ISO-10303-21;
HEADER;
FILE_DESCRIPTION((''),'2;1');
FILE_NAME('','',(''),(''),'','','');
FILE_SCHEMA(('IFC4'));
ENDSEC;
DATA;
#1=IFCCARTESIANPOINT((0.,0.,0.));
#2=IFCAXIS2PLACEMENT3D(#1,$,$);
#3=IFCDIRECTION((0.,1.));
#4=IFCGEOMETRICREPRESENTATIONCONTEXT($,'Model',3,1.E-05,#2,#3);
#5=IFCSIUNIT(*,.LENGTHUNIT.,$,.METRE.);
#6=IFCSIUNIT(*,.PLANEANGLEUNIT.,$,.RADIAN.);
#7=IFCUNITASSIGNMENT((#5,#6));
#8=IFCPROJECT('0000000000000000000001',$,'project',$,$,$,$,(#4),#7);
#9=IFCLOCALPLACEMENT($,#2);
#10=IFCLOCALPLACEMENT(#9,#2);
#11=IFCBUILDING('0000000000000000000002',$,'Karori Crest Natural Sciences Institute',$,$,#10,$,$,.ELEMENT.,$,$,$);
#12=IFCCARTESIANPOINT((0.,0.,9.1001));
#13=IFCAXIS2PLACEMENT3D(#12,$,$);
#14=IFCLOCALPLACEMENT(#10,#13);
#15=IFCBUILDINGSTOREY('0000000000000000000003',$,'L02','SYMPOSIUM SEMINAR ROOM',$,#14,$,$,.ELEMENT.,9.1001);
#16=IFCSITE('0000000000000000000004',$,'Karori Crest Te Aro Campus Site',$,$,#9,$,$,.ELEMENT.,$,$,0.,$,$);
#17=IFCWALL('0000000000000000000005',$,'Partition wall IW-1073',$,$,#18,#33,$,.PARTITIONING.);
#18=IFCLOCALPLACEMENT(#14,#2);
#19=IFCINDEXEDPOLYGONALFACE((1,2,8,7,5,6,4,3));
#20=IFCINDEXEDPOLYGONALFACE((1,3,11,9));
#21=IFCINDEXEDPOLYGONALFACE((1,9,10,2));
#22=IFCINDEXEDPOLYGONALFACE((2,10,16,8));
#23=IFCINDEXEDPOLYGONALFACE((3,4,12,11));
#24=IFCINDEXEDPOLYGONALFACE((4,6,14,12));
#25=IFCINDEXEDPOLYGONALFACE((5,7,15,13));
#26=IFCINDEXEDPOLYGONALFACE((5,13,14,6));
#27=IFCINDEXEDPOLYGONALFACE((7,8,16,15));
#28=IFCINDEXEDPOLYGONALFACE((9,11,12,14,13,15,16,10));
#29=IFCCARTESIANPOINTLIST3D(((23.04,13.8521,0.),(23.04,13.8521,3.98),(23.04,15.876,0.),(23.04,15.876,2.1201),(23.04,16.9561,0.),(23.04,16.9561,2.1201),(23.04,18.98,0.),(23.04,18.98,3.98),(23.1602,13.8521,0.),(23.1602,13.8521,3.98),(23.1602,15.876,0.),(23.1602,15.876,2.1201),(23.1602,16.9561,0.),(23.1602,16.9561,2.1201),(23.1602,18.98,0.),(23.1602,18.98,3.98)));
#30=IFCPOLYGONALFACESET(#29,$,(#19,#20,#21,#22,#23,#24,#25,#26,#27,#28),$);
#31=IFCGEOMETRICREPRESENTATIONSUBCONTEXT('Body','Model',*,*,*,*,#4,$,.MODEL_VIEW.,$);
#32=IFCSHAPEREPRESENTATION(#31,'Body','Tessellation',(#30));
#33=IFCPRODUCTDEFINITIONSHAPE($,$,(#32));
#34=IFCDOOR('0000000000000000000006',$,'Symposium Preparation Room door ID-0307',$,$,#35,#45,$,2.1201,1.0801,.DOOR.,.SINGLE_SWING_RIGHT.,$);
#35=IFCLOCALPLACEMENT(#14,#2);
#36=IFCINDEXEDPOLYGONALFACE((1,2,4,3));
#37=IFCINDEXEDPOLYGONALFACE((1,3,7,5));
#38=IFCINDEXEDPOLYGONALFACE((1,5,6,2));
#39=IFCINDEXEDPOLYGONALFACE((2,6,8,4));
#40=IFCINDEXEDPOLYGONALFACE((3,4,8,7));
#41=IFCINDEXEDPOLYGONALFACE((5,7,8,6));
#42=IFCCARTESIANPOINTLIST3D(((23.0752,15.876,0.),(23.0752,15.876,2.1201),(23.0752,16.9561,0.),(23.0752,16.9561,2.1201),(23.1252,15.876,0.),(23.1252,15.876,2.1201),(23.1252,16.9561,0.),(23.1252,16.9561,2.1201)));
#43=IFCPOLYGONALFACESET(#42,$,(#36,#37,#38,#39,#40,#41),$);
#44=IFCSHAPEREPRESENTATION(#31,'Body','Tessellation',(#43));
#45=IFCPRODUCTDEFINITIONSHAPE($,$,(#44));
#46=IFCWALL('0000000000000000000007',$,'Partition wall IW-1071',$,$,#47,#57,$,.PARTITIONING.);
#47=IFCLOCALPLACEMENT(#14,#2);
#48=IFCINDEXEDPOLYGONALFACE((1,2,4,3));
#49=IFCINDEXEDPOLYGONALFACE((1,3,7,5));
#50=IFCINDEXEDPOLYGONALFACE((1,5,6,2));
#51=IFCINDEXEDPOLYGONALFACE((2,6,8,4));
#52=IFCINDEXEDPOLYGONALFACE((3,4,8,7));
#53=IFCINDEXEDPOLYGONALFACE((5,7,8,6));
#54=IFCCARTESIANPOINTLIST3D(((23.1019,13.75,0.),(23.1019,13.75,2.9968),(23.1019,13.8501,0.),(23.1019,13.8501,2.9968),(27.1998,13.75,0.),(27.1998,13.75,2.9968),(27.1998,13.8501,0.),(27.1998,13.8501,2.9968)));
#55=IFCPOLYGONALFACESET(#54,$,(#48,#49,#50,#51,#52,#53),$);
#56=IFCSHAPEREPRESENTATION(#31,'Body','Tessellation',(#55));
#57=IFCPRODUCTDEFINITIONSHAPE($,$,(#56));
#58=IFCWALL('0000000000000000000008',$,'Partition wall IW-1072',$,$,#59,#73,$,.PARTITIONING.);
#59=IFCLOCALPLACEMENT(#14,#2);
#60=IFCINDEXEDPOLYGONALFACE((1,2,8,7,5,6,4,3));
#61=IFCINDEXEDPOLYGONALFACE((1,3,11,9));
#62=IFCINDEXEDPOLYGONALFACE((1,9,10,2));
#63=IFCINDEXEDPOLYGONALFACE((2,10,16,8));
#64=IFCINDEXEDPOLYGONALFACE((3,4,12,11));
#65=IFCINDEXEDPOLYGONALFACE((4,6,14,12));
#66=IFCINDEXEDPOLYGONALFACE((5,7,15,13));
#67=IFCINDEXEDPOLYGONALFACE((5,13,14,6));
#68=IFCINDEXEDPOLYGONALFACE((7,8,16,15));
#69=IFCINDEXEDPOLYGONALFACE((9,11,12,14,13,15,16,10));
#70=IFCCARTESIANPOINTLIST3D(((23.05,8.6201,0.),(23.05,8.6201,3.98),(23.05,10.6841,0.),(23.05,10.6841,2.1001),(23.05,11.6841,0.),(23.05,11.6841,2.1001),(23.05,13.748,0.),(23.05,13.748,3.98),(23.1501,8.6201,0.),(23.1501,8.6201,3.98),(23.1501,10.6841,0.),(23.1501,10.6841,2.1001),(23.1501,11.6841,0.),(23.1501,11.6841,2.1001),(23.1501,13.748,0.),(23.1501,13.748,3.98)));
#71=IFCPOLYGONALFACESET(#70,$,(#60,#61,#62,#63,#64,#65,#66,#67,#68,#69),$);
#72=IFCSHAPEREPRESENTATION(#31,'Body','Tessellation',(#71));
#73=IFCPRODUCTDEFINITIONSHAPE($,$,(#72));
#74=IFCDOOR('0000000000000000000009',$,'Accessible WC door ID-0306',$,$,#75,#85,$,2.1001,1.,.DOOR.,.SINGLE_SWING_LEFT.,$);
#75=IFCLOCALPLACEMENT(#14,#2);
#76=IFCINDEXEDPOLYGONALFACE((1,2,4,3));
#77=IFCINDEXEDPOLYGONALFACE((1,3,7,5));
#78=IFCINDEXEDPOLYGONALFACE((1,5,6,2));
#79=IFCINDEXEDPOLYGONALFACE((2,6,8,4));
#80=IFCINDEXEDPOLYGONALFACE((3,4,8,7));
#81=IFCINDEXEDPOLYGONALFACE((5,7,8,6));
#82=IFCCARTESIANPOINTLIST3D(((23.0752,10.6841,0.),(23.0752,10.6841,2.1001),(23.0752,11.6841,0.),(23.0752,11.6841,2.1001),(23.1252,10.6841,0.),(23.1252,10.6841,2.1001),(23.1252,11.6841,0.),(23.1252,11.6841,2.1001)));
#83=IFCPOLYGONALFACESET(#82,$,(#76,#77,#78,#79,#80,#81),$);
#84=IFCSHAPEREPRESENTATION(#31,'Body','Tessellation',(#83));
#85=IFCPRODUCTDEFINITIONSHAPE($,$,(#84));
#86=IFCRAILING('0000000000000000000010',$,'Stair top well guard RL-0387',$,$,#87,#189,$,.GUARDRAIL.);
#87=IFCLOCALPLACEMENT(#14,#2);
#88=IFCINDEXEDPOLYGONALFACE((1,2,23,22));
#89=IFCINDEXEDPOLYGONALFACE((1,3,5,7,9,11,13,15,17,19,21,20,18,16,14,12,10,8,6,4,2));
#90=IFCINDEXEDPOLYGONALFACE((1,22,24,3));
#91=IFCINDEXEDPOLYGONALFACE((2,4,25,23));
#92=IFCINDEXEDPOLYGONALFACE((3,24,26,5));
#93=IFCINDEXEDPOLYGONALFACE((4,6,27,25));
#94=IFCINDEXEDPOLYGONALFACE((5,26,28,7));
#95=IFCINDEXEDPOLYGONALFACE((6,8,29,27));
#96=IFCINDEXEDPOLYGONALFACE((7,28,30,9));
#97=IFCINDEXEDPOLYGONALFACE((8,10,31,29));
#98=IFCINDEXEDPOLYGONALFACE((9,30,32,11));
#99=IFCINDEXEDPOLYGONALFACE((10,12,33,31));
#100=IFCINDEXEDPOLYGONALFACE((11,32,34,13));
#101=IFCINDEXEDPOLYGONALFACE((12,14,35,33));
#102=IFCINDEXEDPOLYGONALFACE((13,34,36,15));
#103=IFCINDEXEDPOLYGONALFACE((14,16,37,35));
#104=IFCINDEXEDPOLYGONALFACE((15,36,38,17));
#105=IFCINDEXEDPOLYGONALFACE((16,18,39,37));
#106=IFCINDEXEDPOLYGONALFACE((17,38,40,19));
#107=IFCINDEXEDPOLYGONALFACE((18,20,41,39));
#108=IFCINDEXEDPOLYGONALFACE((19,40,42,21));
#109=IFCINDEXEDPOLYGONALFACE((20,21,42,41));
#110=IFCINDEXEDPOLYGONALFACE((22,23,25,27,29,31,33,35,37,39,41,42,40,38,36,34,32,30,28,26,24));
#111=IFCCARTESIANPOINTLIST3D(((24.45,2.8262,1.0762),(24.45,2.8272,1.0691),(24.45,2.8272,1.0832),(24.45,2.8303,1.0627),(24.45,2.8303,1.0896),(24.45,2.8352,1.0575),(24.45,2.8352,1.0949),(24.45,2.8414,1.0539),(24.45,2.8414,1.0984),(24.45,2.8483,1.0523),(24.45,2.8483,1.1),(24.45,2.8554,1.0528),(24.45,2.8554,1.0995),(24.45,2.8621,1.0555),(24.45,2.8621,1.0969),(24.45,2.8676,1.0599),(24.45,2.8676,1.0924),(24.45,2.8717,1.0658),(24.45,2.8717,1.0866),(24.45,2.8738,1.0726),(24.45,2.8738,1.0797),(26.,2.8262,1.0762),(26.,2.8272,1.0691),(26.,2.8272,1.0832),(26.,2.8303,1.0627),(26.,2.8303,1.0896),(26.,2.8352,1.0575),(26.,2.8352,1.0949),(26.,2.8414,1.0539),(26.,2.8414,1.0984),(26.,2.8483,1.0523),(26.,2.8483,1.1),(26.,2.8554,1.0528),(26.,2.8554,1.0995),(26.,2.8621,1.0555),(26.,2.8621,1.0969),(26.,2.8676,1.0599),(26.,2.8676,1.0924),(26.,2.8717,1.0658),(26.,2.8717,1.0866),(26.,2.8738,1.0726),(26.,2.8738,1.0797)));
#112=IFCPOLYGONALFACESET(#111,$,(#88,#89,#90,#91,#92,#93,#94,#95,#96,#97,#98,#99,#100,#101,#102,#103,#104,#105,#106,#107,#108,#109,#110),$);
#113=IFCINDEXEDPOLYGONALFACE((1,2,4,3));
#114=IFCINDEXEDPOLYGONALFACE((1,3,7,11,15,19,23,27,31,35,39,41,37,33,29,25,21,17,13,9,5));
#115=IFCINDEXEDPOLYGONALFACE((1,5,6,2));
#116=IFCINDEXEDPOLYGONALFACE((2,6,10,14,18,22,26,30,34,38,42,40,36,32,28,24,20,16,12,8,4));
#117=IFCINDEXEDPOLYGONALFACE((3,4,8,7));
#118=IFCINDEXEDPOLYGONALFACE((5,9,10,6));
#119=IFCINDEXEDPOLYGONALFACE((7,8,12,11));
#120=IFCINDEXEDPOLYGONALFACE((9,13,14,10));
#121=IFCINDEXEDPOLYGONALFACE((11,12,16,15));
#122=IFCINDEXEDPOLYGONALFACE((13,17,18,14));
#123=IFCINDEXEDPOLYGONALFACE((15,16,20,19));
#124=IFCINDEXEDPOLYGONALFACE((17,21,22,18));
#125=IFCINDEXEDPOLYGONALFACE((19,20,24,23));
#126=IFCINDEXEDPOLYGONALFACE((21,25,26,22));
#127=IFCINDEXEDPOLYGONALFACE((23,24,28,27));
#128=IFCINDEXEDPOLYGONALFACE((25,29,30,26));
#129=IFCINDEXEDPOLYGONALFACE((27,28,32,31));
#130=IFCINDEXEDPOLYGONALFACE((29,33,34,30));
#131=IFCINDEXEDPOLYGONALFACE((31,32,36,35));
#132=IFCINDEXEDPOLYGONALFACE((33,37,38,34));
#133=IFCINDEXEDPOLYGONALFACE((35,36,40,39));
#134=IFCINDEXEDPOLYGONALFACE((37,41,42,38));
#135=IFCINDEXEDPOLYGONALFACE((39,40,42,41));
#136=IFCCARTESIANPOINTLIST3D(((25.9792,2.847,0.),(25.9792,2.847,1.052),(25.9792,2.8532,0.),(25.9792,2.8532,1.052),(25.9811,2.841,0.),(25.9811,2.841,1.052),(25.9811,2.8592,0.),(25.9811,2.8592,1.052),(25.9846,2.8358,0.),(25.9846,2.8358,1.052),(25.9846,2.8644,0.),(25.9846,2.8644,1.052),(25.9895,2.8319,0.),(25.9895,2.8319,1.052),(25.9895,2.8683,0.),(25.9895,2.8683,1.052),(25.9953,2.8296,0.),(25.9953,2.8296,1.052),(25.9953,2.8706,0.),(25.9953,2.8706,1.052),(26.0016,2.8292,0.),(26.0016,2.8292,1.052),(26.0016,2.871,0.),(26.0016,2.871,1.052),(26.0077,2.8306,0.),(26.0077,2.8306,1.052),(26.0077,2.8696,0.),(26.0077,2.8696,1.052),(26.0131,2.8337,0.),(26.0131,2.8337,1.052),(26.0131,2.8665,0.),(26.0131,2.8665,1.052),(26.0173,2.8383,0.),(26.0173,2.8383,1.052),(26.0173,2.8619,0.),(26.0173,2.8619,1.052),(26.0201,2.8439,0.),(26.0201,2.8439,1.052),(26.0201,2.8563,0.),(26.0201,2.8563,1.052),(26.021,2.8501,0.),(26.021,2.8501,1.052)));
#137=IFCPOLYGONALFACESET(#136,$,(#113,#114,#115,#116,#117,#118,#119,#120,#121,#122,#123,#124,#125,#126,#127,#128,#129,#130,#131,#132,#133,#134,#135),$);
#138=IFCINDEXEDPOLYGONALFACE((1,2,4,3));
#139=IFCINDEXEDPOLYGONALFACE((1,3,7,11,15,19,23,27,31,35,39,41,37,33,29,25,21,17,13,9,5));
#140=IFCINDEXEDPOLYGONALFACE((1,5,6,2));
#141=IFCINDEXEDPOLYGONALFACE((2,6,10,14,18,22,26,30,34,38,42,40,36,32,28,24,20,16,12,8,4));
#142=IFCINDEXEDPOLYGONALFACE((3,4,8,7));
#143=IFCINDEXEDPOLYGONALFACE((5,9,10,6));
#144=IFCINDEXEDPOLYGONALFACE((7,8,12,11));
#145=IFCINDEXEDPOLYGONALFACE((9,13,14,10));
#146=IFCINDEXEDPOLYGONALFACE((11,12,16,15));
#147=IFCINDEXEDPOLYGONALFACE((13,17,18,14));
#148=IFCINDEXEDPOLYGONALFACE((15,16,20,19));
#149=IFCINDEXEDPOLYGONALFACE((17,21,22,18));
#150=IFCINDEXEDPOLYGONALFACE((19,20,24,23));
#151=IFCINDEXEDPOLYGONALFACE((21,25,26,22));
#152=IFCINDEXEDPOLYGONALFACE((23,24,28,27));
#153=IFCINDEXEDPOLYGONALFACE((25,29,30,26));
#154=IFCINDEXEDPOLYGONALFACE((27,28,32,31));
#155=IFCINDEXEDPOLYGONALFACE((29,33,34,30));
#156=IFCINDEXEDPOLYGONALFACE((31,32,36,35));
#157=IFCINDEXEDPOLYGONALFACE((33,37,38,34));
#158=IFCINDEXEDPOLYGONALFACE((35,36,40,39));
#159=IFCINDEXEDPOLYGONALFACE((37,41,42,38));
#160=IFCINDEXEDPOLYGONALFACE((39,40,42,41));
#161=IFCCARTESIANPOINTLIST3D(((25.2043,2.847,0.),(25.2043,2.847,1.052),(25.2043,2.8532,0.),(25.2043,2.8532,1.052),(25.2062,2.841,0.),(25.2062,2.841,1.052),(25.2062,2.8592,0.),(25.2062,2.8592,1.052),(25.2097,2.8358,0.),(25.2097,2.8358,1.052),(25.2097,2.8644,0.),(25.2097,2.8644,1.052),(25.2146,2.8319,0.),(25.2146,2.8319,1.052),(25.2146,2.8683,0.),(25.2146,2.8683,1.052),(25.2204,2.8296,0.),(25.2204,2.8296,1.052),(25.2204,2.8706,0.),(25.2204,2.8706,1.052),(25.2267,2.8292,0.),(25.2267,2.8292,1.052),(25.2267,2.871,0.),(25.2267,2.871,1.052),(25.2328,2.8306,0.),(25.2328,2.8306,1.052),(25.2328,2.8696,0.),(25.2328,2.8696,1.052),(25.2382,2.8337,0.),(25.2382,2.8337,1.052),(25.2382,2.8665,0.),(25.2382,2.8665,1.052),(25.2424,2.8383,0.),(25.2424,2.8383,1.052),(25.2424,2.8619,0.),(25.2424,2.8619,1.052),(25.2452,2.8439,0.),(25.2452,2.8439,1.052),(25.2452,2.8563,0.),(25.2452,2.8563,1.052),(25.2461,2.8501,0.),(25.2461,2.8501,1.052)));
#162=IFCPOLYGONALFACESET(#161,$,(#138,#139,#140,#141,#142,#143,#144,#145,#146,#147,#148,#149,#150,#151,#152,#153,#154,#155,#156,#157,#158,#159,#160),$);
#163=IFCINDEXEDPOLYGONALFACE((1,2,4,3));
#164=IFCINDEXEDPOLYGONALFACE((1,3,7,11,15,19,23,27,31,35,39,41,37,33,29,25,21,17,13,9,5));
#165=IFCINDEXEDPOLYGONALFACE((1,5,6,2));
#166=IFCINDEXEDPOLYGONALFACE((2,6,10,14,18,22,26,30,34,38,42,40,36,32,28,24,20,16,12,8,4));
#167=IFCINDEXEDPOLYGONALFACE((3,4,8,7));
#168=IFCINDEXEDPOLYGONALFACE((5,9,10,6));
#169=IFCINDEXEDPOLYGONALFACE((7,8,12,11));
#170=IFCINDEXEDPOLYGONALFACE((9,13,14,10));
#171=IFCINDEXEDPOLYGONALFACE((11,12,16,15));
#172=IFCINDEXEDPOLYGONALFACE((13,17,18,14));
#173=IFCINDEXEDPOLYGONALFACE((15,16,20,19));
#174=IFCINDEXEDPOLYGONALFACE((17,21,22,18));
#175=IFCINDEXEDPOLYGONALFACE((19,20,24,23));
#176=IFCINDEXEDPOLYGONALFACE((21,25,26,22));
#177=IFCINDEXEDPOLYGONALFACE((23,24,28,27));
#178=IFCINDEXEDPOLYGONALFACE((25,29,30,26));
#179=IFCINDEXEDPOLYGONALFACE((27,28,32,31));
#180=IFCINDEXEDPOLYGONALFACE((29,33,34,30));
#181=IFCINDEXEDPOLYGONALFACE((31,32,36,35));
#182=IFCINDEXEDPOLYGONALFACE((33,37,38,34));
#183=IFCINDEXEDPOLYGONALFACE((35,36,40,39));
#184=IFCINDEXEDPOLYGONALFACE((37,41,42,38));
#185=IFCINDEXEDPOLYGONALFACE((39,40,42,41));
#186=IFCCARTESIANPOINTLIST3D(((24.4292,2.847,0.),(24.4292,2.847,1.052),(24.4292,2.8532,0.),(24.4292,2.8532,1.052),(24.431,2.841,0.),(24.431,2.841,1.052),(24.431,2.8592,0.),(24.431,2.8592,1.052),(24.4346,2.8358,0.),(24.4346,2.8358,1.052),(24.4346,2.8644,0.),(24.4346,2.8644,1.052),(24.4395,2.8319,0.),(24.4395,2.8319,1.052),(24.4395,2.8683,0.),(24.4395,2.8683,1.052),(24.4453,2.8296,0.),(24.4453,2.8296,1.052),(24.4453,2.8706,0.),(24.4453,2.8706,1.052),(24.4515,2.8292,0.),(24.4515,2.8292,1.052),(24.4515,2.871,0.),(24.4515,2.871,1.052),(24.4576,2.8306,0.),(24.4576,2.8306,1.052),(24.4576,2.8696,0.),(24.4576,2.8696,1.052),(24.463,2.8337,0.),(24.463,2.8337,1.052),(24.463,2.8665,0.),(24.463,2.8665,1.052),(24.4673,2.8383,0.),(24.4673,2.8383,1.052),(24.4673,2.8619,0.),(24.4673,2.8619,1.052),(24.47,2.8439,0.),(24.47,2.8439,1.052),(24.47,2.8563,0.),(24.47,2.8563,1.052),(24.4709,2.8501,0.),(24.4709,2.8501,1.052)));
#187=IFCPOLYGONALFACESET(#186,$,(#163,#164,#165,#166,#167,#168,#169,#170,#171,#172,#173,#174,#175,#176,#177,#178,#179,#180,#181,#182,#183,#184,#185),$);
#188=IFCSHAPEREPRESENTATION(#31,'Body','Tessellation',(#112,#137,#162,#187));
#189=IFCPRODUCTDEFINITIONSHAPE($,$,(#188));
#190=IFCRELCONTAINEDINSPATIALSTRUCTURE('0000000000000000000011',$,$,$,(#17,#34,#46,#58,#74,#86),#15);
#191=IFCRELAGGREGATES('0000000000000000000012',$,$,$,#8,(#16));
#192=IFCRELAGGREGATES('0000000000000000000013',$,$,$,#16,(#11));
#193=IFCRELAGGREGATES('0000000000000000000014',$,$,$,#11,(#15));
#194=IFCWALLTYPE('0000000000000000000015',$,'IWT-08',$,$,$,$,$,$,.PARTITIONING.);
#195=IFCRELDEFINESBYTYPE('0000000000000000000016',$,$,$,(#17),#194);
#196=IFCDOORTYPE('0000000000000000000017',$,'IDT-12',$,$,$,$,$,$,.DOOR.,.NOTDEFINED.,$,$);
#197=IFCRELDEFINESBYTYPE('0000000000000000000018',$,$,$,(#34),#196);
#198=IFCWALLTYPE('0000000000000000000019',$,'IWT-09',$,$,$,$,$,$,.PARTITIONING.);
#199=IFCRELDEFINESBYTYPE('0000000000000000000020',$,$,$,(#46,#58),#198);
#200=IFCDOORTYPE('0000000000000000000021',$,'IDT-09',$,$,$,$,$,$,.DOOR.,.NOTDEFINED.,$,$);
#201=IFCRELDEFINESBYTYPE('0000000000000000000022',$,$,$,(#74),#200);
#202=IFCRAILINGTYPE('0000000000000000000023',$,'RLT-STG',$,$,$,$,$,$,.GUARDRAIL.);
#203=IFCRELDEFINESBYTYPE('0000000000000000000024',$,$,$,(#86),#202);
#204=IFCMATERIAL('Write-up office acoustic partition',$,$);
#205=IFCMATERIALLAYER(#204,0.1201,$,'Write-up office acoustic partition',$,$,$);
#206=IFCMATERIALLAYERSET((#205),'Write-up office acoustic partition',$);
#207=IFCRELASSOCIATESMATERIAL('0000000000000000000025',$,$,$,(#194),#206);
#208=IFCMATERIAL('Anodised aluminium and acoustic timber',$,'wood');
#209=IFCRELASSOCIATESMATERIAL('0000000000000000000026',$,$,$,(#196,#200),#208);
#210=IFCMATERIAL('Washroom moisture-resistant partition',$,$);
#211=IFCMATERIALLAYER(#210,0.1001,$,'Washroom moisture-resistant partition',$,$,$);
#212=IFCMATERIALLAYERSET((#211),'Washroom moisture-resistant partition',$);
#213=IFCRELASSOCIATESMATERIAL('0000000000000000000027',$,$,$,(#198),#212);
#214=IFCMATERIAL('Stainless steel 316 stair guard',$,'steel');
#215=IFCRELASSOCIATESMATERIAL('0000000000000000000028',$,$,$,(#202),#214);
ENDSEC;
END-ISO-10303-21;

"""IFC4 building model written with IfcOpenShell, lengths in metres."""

from ifc_helpers import new_model, si_unit, direction, frame, frame_2d, origin, origin_2d, place, context, subcontext, project, spatial, rectangle, circle, extrude, material, layer, layer_set, type_object, element, fill, save


model = new_model("IFC4")

# Units and contexts
model_context = context("Model", 3, precision=1e-05, world=origin(), true_north=direction((0.0, 1.0)))
body_context = subcontext(model_context, "Body", "Model", "MODEL_VIEW")
ifc_project = project(units=[si_unit("LENGTHUNIT", "METRE"), si_unit("PLANEANGLEUNIT", "RADIAN")], contexts=[model_context])

# Site, building, storey
site_placement = place(None, origin())
site = spatial("IfcSite", under=ifc_project, at=site_placement, Name="Karori Crest Te Aro Campus Site", CompositionType="ELEMENT", RefElevation=0.0)
building_placement = place(site_placement, origin())
building = spatial("IfcBuilding", under=site, at=building_placement, Name="Karori Crest Natural Sciences Institute", CompositionType="ELEMENT")
storey_placement = place(building_placement, frame((0.0, 0.0, 9.1001)))
storey = spatial("IfcBuildingStorey", under=building, at=storey_placement, Name="L02", Description="SYMPOSIUM SEMINAR ROOM", CompositionType="ELEMENT", Elevation=9.1001)

# Wall, opening, door
ifc_material_1 = material(Name="Write-up office acoustic partition")
ifc_layer_1 = layer(ifc_material_1, 0.1201, Name="Write-up office acoustic partition")
ifc_layer_set_1 = layer_set([ifc_layer_1], Name="Write-up office acoustic partition")
wall_type_1 = type_object("IfcWallType", Name="IWT-08", PredefinedType="PARTITIONING", material=ifc_layer_set_1)
ifc_material_2 = material(Name="Anodised aluminium and acoustic timber", Category="wood")
wall_1_placement = place(storey_placement, frame((23.1001, 13.8521, 0.0), z_axis=(0.0, 0.0, 1.0), x_axis=(0.0, 1.0, 0.0)))
wall_1 = element("IfcWall", 1, at=wall_1_placement, inside=storey, type_object=wall_type_1, Name="Partition wall IW-1073", PredefinedType="PARTITIONING", context=body_context, shape_type="SweptSolid", body=[
    extrude(rectangle(XDim=5.1279, YDim=0.1201, at=frame_2d((2.564, 0.0))), origin(), (0.0, 0.0, 1.0), 3.98),
])
opening_1_placement = place(wall_1_placement, frame((2.0239, 0.0, 0.0)))
opening_1 = element("IfcOpeningElement", 2, at=opening_1_placement, cuts=wall_1, PredefinedType="OPENING", context=body_context, shape_type="SweptSolid", body=[
    extrude(rectangle(XDim=1.0801, YDim=2.1201, at=frame_2d((0.54, 1.0601))), frame((0.0, 0.0701, 0.0), z_axis=(0.0, -1.0, 0.0), x_axis=(1.0, 0.0, 0.0)), (0.0, 0.0, 1.0), 0.1401),
])
door_type_1 = type_object("IfcDoorType", Name="IDT-12", OperationType="NOTDEFINED", PredefinedType="DOOR", material=ifc_material_2)
door_1_placement = place(opening_1_placement, origin())
door_1 = element("IfcDoor", 3, at=door_1_placement, inside=storey, type_object=door_type_1, Name="Symposium Preparation Room door ID-0307", OperationType="SINGLE_SWING_RIGHT", OverallHeight=2.1201, OverallWidth=1.0801, PredefinedType="DOOR", context=body_context, shape_type="SweptSolid", body=[
    extrude(rectangle(XDim=1.0801, YDim=2.1201, at=frame_2d((0.54, 1.0601))), frame((0.0, 0.0249, 0.0), z_axis=(0.0, -1.0, 0.0), x_axis=(1.0, 0.0, 0.0)), (0.0, 0.0, 1.0), 0.05),
])
fill(opening_1, door_1)

# Wall
ifc_material_3 = material(Name="Washroom moisture-resistant partition")
ifc_layer_2 = layer(ifc_material_3, 0.1001, Name="Washroom moisture-resistant partition")
ifc_layer_set_2 = layer_set([ifc_layer_2], Name="Washroom moisture-resistant partition")
wall_type_2 = type_object("IfcWallType", Name="IWT-09", PredefinedType="PARTITIONING", material=ifc_layer_set_2)
wall_2_placement = place(storey_placement, frame((23.1021, 13.8, 0.0), z_axis=(0.0, 0.0, 1.0), x_axis=(1.0, 0.0, 0.0)))
element("IfcWall", 4, at=wall_2_placement, inside=storey, type_object=wall_type_2, Name="Partition wall IW-1071", PredefinedType="PARTITIONING", context=body_context, shape_type="SweptSolid", body=[
    extrude(rectangle(XDim=4.0979, YDim=0.1001, at=frame_2d((2.0488, 0.0))), origin(), (0.0, 0.0, 1.0), 2.9968),
])

# Wall, opening, door
wall_3_placement = place(storey_placement, frame((23.1001, 8.6201, 0.0), z_axis=(0.0, 0.0, 1.0), x_axis=(0.0, 1.0, 0.0)))
wall_3 = element("IfcWall", 5, at=wall_3_placement, inside=storey, type_object=wall_type_2, Name="Partition wall IW-1072", PredefinedType="PARTITIONING", context=body_context, shape_type="SweptSolid", body=[
    extrude(rectangle(XDim=5.1279, YDim=0.1001, at=frame_2d((2.564, 0.0))), origin(), (0.0, 0.0, 1.0), 3.98),
])
opening_2_placement = place(wall_3_placement, frame((2.064, 0.0, 0.0)))
opening_2 = element("IfcOpeningElement", 6, at=opening_2_placement, cuts=wall_3, PredefinedType="OPENING", context=body_context, shape_type="SweptSolid", body=[
    extrude(rectangle(XDim=1.0, YDim=2.1001, at=frame_2d((0.5, 1.05))), frame((0.0, 0.0601, 0.0), z_axis=(0.0, -1.0, 0.0), x_axis=(1.0, 0.0, 0.0)), (0.0, 0.0, 1.0), 0.1201),
])
door_type_2 = type_object("IfcDoorType", Name="IDT-09", OperationType="NOTDEFINED", PredefinedType="DOOR", material=ifc_material_2)
door_2_placement = place(opening_2_placement, origin())
door_2 = element("IfcDoor", 7, at=door_2_placement, inside=storey, type_object=door_type_2, Name="Accessible WC door ID-0306", OperationType="SINGLE_SWING_LEFT", OverallHeight=2.1001, OverallWidth=1.0, PredefinedType="DOOR", context=body_context, shape_type="SweptSolid", body=[
    extrude(rectangle(XDim=1.0, YDim=2.1001, at=frame_2d((0.5, 1.05))), frame((0.0, 0.0249, 0.0), z_axis=(0.0, -1.0, 0.0), x_axis=(1.0, 0.0, 0.0)), (0.0, 0.0, 1.0), 0.05),
])
fill(opening_2, door_2)

# Railing
ifc_material_4 = material(Name="Stainless steel 316 stair guard", Category="steel")
railing_type = type_object("IfcRailingType", Name="RLT-STG", PredefinedType="GUARDRAIL", material=ifc_material_4)
railing_placement = place(storey_placement, frame((26.0, 2.8501, 0.0)))
element("IfcRailing", 8, at=railing_placement, inside=storey, type_object=railing_type, Name="Stair top well guard RL-0387", PredefinedType="GUARDRAIL", context=body_context, shape_type="SweptSolid", body=[
    extrude(circle(Radius=0.0239, at=origin_2d()), frame((0.0, 0.0, 1.0762), z_axis=(-1.0, 0.0, 0.0), x_axis=(0.0, -1.0, 0.0)), (0.0, 0.0, 1.0), 1.55),
    extrude(circle(Radius=0.021, at=origin_2d()), origin(), (0.0, 0.0, 1.0), 1.052),
    extrude(circle(Radius=0.021, at=origin_2d()), frame((-0.7749, 0.0, 0.0)), (0.0, 0.0, 1.0), 1.052),
    extrude(circle(Radius=0.021, at=origin_2d()), frame((-1.55, 0.0, 0.0)), (0.0, 0.0, 1.0), 1.052),
])

save(model, "model.ifc")
